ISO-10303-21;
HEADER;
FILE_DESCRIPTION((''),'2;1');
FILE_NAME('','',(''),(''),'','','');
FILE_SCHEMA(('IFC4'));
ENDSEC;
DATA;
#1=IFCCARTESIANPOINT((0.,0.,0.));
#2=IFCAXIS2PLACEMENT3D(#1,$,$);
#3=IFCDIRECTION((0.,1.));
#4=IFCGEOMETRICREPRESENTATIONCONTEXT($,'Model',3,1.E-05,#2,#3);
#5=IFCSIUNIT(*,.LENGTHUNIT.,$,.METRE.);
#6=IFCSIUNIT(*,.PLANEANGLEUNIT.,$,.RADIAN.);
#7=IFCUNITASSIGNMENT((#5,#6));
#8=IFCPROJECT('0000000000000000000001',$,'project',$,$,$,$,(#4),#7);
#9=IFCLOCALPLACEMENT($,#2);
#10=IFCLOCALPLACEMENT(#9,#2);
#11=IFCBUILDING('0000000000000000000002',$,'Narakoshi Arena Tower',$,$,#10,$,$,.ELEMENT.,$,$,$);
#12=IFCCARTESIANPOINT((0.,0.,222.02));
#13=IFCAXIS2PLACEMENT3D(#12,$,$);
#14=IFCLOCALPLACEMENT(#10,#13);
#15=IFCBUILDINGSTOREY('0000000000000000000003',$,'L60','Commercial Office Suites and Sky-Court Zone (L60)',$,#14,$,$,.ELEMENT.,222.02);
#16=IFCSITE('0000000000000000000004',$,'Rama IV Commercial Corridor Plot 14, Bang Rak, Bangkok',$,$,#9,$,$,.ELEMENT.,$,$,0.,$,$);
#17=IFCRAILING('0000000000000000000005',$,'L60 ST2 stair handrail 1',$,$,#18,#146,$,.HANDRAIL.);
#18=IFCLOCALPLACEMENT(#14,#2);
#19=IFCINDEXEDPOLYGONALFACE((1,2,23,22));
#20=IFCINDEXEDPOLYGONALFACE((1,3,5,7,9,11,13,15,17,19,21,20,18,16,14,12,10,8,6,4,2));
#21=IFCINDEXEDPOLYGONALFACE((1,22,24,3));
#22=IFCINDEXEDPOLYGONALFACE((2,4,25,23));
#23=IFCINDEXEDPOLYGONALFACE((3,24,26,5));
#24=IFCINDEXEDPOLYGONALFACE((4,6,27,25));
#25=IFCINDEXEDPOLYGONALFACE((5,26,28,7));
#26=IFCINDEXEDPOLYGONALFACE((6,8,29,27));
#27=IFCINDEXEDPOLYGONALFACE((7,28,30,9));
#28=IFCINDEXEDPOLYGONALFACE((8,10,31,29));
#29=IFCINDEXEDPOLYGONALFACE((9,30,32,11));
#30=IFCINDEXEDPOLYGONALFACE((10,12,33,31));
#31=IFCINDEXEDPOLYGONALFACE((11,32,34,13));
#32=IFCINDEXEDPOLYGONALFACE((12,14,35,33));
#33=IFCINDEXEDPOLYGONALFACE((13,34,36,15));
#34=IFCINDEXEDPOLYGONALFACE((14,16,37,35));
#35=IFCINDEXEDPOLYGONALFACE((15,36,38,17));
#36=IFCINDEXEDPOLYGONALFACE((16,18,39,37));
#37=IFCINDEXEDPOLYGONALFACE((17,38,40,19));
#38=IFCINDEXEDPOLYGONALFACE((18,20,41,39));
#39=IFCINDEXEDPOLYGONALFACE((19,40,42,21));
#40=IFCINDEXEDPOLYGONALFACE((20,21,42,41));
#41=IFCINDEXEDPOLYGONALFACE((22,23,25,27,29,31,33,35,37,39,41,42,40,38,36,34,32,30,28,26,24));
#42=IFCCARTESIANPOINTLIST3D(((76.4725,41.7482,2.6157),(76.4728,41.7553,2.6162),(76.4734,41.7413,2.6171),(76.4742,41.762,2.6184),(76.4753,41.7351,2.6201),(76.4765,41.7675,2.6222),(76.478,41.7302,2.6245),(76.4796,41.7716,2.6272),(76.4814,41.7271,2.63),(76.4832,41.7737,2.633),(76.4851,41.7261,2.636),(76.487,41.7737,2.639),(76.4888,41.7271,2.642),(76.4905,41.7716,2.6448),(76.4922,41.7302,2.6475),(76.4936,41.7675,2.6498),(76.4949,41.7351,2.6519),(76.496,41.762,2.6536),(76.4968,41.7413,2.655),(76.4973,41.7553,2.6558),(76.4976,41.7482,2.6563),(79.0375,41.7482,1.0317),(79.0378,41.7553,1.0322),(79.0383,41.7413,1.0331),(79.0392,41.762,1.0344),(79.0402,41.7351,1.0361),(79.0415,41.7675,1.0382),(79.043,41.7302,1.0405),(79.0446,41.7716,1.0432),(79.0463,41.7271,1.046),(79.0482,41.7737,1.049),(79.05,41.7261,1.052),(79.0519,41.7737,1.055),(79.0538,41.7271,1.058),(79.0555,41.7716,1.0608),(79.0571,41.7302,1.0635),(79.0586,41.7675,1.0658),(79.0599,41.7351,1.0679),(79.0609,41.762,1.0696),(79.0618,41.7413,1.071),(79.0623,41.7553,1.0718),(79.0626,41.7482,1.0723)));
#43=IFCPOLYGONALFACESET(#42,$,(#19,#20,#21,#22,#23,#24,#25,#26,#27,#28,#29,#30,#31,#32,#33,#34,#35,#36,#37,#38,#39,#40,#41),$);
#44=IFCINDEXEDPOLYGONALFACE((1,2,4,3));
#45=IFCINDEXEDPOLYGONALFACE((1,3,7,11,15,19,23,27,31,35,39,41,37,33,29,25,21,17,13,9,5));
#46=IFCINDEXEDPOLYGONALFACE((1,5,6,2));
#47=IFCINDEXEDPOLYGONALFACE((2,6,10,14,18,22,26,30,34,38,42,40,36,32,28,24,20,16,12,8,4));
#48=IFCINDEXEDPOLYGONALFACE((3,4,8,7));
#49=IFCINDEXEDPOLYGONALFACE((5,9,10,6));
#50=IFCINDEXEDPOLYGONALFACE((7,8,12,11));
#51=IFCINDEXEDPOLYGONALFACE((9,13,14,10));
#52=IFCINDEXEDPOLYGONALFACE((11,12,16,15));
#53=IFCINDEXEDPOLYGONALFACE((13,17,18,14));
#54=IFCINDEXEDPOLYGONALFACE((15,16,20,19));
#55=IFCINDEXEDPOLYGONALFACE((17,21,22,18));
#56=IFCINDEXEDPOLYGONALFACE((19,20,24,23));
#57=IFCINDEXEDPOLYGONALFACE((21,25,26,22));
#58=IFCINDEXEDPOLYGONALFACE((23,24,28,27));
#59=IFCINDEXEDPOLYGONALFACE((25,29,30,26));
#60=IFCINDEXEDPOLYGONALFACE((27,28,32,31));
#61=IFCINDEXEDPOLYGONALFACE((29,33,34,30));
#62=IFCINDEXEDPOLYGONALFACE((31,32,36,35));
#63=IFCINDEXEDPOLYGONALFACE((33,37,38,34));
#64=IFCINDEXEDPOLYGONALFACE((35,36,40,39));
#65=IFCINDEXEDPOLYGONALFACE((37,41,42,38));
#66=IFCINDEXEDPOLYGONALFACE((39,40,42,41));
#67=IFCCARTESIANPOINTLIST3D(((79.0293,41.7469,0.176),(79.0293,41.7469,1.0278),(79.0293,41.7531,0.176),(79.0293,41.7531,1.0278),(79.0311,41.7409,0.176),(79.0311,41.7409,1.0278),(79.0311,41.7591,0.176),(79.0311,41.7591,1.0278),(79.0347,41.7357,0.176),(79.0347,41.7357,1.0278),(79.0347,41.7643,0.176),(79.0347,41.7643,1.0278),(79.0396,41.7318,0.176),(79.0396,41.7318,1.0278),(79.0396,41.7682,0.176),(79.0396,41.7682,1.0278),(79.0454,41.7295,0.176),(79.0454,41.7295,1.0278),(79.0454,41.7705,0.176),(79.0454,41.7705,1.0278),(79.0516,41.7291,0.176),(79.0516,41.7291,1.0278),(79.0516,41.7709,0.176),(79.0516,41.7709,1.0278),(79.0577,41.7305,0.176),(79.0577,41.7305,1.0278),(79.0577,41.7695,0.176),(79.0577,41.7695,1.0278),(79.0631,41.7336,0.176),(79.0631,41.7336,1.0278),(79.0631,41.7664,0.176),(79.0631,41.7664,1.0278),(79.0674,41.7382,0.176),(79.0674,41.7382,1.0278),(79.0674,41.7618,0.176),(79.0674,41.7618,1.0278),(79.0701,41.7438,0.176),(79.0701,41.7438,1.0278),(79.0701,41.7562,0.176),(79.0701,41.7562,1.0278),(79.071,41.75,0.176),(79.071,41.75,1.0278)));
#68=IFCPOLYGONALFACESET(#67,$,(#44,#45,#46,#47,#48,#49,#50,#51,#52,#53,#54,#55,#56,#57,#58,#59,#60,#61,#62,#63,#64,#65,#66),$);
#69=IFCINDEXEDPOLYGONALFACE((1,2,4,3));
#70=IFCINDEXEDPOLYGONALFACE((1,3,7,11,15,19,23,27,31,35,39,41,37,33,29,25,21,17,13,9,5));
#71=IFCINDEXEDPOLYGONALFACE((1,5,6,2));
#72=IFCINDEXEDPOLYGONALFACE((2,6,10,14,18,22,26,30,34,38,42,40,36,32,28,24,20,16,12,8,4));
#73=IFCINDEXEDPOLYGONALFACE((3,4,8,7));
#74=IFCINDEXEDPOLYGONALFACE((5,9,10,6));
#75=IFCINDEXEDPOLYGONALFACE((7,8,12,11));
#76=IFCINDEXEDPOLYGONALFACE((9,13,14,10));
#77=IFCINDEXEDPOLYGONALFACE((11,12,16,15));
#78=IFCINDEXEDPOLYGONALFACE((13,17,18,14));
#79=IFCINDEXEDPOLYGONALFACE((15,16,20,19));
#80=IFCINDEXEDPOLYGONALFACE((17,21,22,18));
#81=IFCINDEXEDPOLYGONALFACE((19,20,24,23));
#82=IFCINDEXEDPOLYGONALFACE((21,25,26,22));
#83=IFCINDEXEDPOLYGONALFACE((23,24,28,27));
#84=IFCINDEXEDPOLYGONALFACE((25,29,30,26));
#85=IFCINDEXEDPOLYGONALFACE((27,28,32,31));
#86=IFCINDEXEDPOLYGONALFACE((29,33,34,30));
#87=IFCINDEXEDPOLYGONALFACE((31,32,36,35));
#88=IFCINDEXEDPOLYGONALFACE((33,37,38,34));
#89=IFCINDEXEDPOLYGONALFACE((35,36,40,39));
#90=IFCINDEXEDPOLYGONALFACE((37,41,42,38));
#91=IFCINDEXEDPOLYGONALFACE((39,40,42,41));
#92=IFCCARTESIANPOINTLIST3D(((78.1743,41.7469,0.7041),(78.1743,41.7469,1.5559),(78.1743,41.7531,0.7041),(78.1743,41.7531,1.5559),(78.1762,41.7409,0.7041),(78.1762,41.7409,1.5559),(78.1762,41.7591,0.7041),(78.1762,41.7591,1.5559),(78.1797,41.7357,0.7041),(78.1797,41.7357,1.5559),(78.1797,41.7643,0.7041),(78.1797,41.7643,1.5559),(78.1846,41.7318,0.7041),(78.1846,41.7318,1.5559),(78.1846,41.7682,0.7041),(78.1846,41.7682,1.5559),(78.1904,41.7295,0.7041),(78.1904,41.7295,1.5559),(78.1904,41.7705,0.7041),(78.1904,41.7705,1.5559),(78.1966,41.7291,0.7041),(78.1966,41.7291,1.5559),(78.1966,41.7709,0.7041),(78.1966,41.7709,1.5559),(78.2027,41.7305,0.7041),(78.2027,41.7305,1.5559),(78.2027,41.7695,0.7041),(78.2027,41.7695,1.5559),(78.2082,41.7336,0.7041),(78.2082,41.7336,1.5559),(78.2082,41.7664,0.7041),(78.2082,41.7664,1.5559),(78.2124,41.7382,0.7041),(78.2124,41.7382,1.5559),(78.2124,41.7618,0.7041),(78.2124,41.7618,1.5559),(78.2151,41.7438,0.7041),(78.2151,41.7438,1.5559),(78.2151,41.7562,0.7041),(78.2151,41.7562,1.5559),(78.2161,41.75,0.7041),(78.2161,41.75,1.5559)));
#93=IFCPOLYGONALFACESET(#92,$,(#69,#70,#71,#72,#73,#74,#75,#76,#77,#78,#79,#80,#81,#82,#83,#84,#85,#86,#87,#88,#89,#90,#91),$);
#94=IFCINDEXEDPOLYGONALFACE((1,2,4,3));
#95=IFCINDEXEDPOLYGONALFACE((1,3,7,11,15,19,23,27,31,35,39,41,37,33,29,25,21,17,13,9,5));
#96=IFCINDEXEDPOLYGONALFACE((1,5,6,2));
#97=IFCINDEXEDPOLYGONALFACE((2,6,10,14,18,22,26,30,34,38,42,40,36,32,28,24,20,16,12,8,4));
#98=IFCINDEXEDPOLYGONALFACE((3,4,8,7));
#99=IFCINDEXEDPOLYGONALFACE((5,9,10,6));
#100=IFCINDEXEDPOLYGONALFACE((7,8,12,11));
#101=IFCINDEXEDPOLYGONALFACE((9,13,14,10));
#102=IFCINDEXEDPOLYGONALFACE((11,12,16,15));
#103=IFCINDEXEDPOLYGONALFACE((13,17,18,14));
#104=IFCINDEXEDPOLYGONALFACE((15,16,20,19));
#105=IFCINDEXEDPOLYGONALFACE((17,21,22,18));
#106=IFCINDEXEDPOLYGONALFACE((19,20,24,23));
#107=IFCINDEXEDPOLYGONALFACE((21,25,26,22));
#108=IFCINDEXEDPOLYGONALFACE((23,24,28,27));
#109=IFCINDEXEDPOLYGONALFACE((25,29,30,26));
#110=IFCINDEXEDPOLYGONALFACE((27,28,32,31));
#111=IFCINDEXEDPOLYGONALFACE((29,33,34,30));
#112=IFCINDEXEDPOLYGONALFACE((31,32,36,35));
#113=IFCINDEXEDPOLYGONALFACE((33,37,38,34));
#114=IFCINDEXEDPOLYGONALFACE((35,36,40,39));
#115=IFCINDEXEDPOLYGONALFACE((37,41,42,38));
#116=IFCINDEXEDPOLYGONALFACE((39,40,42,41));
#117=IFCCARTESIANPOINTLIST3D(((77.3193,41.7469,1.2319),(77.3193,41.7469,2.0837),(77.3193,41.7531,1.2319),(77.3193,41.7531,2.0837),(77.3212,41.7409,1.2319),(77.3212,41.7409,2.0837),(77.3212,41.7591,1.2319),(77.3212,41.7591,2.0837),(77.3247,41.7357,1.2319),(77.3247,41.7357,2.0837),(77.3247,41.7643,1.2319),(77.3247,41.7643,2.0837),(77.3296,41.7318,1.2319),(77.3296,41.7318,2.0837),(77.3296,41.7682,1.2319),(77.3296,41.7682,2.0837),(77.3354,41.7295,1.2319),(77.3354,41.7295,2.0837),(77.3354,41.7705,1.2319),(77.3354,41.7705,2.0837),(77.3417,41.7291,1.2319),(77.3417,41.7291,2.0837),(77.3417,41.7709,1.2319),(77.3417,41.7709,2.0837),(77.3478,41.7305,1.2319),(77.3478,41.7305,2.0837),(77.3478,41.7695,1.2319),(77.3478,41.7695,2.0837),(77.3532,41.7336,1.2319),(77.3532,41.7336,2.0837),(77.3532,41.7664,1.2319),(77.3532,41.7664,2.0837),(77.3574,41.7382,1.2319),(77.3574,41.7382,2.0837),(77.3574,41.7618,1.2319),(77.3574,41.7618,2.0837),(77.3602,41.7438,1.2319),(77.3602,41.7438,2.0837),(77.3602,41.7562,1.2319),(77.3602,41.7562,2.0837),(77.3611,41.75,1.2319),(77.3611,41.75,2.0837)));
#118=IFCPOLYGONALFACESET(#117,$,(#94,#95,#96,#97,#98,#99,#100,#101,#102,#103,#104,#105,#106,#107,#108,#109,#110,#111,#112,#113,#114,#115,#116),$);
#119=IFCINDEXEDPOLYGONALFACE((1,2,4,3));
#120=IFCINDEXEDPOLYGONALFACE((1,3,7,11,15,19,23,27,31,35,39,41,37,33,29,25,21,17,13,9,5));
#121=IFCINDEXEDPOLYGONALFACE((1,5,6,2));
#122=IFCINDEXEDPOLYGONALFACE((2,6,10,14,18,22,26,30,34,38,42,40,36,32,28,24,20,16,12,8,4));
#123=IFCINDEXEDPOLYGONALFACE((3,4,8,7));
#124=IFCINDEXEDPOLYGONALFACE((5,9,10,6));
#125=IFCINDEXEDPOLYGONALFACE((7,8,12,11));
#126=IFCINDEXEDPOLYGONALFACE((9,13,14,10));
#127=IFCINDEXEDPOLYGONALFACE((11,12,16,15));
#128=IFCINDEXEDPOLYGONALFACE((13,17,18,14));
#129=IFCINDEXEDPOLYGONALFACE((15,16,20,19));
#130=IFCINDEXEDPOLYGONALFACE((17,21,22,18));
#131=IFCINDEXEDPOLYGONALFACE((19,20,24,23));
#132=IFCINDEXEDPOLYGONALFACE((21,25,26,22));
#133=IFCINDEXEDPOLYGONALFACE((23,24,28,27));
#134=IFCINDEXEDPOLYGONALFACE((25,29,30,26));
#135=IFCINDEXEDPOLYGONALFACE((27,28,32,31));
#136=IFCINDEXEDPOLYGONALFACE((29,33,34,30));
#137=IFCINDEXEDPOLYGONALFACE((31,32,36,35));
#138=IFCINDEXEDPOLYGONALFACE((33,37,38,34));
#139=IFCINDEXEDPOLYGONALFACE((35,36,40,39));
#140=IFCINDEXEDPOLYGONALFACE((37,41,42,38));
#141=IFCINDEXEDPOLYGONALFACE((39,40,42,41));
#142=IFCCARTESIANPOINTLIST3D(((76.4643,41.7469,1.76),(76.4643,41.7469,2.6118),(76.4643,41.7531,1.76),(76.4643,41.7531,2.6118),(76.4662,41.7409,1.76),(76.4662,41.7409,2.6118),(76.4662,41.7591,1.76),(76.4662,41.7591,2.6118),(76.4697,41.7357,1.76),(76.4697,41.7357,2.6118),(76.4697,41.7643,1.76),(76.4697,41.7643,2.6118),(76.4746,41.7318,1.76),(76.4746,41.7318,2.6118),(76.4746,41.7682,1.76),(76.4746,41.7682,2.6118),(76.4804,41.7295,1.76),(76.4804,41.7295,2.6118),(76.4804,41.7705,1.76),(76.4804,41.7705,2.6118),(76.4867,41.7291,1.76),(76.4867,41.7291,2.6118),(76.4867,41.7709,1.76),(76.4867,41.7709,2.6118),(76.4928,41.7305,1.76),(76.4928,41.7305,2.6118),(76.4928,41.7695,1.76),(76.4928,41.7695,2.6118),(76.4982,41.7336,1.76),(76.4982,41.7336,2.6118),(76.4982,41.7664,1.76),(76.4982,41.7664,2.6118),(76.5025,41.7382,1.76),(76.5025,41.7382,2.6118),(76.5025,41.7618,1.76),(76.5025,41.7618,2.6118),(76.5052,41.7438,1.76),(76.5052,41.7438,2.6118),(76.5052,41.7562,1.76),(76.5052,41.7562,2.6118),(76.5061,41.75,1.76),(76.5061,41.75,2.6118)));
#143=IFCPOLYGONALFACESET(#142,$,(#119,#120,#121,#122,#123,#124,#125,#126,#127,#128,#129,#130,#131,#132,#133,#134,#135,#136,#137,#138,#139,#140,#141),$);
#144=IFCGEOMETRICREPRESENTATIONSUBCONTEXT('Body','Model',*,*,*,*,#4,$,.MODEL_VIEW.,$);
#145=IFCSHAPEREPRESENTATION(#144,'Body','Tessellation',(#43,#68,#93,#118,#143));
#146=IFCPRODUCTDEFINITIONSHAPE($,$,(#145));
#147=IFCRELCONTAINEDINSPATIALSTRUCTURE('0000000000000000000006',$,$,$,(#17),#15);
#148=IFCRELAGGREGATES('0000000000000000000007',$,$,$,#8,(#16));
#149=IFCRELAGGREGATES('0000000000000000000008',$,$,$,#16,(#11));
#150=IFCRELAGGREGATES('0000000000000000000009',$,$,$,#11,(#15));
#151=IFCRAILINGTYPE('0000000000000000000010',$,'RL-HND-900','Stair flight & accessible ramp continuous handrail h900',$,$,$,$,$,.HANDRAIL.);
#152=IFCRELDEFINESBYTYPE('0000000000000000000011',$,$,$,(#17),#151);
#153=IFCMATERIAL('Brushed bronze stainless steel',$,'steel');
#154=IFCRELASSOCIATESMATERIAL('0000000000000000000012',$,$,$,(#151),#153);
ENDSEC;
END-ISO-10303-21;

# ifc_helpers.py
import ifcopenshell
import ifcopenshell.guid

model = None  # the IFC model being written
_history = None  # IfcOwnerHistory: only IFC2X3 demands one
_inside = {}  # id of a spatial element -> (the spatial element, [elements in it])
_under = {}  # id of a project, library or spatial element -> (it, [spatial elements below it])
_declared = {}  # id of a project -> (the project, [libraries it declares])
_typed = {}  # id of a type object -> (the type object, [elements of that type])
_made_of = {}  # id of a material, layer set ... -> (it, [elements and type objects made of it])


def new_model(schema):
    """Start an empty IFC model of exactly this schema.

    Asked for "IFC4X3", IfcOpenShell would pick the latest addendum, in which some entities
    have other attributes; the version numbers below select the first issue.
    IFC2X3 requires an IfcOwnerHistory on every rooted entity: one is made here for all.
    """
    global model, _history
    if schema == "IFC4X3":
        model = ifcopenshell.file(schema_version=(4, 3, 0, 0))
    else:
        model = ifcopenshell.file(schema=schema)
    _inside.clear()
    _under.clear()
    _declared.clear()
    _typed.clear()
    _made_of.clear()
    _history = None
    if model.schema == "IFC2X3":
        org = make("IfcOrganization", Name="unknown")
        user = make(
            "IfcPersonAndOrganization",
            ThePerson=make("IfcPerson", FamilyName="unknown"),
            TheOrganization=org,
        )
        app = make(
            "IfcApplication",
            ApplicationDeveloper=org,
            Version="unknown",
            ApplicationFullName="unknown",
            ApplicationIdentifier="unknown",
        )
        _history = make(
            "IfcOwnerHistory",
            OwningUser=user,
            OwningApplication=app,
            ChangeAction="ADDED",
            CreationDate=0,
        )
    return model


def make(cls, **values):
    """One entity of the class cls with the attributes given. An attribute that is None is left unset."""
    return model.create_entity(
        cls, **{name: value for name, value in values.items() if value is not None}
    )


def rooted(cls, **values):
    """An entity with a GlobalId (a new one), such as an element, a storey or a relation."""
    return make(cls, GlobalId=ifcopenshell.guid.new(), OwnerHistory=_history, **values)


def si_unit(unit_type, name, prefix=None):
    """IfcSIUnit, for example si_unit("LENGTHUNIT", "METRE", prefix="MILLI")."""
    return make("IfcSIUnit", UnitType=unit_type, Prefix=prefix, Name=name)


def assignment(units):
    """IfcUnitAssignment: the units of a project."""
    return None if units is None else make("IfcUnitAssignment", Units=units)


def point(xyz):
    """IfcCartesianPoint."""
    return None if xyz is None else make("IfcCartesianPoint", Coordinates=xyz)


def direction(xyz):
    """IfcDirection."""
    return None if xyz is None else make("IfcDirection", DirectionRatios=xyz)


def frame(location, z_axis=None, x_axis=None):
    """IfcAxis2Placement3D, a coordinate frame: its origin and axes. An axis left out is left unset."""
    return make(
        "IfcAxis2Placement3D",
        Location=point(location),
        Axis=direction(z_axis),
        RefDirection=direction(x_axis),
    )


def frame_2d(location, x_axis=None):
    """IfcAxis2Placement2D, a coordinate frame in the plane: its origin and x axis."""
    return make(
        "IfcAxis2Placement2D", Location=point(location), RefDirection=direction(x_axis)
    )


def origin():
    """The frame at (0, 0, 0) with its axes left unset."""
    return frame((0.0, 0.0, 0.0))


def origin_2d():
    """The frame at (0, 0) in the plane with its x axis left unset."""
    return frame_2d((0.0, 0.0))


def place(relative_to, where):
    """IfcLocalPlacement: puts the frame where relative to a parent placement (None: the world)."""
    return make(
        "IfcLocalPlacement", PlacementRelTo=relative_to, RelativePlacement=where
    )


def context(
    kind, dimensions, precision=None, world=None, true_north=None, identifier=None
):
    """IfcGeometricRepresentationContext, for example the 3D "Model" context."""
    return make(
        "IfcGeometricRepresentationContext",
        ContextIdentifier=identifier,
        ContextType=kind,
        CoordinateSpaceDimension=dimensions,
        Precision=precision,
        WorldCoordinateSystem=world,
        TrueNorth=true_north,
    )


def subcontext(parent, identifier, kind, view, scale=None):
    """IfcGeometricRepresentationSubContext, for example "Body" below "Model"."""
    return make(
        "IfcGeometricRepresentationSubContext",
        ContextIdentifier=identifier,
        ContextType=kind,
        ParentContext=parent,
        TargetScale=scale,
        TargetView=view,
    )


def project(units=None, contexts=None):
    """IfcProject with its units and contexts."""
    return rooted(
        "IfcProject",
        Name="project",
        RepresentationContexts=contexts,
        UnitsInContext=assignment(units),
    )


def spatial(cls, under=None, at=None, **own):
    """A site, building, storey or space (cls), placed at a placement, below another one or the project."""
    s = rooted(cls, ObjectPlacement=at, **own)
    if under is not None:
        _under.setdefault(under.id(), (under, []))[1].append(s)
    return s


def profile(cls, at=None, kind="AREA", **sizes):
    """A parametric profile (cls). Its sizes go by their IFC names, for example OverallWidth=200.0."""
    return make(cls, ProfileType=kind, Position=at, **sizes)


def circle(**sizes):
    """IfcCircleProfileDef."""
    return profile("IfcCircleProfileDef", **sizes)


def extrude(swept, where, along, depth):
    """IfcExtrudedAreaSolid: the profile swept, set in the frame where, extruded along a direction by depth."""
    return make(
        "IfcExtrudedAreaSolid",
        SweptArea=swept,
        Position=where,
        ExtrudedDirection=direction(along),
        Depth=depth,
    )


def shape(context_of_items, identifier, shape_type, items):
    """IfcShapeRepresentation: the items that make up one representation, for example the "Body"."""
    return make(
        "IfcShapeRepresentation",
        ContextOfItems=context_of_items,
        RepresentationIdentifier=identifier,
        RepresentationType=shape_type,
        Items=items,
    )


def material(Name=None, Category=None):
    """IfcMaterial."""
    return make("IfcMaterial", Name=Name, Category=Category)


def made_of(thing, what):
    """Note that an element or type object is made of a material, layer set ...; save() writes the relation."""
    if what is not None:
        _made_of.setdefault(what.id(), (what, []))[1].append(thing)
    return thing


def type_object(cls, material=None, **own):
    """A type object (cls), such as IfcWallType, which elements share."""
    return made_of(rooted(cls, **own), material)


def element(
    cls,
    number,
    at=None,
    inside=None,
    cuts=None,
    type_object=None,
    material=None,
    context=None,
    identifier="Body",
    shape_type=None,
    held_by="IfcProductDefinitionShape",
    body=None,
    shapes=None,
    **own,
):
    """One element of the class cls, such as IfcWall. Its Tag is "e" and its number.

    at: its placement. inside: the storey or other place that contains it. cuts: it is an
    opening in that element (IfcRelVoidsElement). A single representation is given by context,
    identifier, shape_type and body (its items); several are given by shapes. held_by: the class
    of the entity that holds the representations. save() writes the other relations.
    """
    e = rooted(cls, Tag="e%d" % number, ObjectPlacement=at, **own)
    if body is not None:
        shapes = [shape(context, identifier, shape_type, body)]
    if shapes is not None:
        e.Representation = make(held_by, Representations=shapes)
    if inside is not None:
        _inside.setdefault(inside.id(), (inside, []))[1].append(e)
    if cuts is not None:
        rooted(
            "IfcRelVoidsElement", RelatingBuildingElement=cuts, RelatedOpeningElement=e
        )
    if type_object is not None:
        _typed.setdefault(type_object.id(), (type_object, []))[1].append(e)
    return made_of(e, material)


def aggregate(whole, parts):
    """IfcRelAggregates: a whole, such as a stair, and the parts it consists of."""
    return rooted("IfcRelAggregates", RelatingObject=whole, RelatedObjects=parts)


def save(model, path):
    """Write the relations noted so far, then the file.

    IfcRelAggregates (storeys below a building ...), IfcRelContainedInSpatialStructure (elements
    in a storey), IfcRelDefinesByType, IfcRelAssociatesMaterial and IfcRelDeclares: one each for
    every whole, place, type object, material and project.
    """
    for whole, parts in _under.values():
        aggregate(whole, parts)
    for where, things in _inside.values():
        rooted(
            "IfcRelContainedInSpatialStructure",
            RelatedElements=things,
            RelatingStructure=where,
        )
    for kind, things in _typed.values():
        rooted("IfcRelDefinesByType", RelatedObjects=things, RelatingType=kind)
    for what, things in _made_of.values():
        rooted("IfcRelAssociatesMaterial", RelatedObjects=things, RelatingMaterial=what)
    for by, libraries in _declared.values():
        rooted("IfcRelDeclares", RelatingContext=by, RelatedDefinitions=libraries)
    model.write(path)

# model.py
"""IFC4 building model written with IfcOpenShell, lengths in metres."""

from ifc_helpers import new_model, si_unit, direction, frame, origin, origin_2d, place, context, subcontext, project, spatial, circle, extrude, material, type_object, element, save


model = new_model("IFC4")

# Units and contexts
model_context = context("Model", 3, precision=1e-05, world=origin(), true_north=direction((0.0, 1.0)))
body_context = subcontext(model_context, "Body", "Model", "MODEL_VIEW")
ifc_project = project(units=[si_unit("LENGTHUNIT", "METRE"), si_unit("PLANEANGLEUNIT", "RADIAN")], contexts=[model_context])

# Site, building, storey
site_placement = place(None, origin())
site = spatial("IfcSite", under=ifc_project, at=site_placement, Name="Rama IV Commercial Corridor Plot 14, Bang Rak, Bangkok", CompositionType="ELEMENT", RefElevation=0.0)
building_placement = place(site_placement, origin())
building = spatial("IfcBuilding", under=site, at=building_placement, Name="Narakoshi Arena Tower", CompositionType="ELEMENT")
storey_placement = place(building_placement, frame((0.0, 0.0, 222.02)))
storey = spatial("IfcBuildingStorey", under=building, at=storey_placement, Name="L60", Description="Commercial Office Suites and Sky-Court Zone (L60)", CompositionType="ELEMENT", Elevation=222.02)

# Railing
ifc_material_1 = material(Name="Brushed bronze stainless steel", Category="steel")
railing_type = type_object("IfcRailingType", Name="RL-HND-900", Description="Stair flight & accessible ramp continuous handrail h900", PredefinedType="HANDRAIL", material=ifc_material_1)
railing_placement = place(storey_placement, frame((79.05, 41.75, 0.176)))
element("IfcRailing", 1, at=railing_placement, inside=storey, type_object=railing_type, Name="L60 ST2 stair handrail 1", PredefinedType="HANDRAIL", context=body_context, shape_type="SweptSolid", body=[
    extrude(circle(Radius=0.0239, at=origin_2d()), frame((0.0, 0.0, 0.876), z_axis=(-0.850834, 0.0, 0.525434), x_axis=(0.0, -1.0, 0.0)), (0.0, 0.0, 1.0), 3.0146),
    extrude(circle(Radius=0.021, at=origin_2d()), origin(), (0.0, 0.0, 1.0), 0.8518),
    extrude(circle(Radius=0.021, at=origin_2d()), frame((-0.855, 0.0, 0.5281)), (0.0, 0.0, 1.0), 0.8518),
    extrude(circle(Radius=0.021, at=origin_2d()), frame((-1.71, 0.0, 1.0559)), (0.0, 0.0, 1.0), 0.8518),
    extrude(circle(Radius=0.021, at=origin_2d()), frame((-2.5649, 0.0, 1.584)), (0.0, 0.0, 1.0), 0.8518),
])

save(model, "model.ifc")
